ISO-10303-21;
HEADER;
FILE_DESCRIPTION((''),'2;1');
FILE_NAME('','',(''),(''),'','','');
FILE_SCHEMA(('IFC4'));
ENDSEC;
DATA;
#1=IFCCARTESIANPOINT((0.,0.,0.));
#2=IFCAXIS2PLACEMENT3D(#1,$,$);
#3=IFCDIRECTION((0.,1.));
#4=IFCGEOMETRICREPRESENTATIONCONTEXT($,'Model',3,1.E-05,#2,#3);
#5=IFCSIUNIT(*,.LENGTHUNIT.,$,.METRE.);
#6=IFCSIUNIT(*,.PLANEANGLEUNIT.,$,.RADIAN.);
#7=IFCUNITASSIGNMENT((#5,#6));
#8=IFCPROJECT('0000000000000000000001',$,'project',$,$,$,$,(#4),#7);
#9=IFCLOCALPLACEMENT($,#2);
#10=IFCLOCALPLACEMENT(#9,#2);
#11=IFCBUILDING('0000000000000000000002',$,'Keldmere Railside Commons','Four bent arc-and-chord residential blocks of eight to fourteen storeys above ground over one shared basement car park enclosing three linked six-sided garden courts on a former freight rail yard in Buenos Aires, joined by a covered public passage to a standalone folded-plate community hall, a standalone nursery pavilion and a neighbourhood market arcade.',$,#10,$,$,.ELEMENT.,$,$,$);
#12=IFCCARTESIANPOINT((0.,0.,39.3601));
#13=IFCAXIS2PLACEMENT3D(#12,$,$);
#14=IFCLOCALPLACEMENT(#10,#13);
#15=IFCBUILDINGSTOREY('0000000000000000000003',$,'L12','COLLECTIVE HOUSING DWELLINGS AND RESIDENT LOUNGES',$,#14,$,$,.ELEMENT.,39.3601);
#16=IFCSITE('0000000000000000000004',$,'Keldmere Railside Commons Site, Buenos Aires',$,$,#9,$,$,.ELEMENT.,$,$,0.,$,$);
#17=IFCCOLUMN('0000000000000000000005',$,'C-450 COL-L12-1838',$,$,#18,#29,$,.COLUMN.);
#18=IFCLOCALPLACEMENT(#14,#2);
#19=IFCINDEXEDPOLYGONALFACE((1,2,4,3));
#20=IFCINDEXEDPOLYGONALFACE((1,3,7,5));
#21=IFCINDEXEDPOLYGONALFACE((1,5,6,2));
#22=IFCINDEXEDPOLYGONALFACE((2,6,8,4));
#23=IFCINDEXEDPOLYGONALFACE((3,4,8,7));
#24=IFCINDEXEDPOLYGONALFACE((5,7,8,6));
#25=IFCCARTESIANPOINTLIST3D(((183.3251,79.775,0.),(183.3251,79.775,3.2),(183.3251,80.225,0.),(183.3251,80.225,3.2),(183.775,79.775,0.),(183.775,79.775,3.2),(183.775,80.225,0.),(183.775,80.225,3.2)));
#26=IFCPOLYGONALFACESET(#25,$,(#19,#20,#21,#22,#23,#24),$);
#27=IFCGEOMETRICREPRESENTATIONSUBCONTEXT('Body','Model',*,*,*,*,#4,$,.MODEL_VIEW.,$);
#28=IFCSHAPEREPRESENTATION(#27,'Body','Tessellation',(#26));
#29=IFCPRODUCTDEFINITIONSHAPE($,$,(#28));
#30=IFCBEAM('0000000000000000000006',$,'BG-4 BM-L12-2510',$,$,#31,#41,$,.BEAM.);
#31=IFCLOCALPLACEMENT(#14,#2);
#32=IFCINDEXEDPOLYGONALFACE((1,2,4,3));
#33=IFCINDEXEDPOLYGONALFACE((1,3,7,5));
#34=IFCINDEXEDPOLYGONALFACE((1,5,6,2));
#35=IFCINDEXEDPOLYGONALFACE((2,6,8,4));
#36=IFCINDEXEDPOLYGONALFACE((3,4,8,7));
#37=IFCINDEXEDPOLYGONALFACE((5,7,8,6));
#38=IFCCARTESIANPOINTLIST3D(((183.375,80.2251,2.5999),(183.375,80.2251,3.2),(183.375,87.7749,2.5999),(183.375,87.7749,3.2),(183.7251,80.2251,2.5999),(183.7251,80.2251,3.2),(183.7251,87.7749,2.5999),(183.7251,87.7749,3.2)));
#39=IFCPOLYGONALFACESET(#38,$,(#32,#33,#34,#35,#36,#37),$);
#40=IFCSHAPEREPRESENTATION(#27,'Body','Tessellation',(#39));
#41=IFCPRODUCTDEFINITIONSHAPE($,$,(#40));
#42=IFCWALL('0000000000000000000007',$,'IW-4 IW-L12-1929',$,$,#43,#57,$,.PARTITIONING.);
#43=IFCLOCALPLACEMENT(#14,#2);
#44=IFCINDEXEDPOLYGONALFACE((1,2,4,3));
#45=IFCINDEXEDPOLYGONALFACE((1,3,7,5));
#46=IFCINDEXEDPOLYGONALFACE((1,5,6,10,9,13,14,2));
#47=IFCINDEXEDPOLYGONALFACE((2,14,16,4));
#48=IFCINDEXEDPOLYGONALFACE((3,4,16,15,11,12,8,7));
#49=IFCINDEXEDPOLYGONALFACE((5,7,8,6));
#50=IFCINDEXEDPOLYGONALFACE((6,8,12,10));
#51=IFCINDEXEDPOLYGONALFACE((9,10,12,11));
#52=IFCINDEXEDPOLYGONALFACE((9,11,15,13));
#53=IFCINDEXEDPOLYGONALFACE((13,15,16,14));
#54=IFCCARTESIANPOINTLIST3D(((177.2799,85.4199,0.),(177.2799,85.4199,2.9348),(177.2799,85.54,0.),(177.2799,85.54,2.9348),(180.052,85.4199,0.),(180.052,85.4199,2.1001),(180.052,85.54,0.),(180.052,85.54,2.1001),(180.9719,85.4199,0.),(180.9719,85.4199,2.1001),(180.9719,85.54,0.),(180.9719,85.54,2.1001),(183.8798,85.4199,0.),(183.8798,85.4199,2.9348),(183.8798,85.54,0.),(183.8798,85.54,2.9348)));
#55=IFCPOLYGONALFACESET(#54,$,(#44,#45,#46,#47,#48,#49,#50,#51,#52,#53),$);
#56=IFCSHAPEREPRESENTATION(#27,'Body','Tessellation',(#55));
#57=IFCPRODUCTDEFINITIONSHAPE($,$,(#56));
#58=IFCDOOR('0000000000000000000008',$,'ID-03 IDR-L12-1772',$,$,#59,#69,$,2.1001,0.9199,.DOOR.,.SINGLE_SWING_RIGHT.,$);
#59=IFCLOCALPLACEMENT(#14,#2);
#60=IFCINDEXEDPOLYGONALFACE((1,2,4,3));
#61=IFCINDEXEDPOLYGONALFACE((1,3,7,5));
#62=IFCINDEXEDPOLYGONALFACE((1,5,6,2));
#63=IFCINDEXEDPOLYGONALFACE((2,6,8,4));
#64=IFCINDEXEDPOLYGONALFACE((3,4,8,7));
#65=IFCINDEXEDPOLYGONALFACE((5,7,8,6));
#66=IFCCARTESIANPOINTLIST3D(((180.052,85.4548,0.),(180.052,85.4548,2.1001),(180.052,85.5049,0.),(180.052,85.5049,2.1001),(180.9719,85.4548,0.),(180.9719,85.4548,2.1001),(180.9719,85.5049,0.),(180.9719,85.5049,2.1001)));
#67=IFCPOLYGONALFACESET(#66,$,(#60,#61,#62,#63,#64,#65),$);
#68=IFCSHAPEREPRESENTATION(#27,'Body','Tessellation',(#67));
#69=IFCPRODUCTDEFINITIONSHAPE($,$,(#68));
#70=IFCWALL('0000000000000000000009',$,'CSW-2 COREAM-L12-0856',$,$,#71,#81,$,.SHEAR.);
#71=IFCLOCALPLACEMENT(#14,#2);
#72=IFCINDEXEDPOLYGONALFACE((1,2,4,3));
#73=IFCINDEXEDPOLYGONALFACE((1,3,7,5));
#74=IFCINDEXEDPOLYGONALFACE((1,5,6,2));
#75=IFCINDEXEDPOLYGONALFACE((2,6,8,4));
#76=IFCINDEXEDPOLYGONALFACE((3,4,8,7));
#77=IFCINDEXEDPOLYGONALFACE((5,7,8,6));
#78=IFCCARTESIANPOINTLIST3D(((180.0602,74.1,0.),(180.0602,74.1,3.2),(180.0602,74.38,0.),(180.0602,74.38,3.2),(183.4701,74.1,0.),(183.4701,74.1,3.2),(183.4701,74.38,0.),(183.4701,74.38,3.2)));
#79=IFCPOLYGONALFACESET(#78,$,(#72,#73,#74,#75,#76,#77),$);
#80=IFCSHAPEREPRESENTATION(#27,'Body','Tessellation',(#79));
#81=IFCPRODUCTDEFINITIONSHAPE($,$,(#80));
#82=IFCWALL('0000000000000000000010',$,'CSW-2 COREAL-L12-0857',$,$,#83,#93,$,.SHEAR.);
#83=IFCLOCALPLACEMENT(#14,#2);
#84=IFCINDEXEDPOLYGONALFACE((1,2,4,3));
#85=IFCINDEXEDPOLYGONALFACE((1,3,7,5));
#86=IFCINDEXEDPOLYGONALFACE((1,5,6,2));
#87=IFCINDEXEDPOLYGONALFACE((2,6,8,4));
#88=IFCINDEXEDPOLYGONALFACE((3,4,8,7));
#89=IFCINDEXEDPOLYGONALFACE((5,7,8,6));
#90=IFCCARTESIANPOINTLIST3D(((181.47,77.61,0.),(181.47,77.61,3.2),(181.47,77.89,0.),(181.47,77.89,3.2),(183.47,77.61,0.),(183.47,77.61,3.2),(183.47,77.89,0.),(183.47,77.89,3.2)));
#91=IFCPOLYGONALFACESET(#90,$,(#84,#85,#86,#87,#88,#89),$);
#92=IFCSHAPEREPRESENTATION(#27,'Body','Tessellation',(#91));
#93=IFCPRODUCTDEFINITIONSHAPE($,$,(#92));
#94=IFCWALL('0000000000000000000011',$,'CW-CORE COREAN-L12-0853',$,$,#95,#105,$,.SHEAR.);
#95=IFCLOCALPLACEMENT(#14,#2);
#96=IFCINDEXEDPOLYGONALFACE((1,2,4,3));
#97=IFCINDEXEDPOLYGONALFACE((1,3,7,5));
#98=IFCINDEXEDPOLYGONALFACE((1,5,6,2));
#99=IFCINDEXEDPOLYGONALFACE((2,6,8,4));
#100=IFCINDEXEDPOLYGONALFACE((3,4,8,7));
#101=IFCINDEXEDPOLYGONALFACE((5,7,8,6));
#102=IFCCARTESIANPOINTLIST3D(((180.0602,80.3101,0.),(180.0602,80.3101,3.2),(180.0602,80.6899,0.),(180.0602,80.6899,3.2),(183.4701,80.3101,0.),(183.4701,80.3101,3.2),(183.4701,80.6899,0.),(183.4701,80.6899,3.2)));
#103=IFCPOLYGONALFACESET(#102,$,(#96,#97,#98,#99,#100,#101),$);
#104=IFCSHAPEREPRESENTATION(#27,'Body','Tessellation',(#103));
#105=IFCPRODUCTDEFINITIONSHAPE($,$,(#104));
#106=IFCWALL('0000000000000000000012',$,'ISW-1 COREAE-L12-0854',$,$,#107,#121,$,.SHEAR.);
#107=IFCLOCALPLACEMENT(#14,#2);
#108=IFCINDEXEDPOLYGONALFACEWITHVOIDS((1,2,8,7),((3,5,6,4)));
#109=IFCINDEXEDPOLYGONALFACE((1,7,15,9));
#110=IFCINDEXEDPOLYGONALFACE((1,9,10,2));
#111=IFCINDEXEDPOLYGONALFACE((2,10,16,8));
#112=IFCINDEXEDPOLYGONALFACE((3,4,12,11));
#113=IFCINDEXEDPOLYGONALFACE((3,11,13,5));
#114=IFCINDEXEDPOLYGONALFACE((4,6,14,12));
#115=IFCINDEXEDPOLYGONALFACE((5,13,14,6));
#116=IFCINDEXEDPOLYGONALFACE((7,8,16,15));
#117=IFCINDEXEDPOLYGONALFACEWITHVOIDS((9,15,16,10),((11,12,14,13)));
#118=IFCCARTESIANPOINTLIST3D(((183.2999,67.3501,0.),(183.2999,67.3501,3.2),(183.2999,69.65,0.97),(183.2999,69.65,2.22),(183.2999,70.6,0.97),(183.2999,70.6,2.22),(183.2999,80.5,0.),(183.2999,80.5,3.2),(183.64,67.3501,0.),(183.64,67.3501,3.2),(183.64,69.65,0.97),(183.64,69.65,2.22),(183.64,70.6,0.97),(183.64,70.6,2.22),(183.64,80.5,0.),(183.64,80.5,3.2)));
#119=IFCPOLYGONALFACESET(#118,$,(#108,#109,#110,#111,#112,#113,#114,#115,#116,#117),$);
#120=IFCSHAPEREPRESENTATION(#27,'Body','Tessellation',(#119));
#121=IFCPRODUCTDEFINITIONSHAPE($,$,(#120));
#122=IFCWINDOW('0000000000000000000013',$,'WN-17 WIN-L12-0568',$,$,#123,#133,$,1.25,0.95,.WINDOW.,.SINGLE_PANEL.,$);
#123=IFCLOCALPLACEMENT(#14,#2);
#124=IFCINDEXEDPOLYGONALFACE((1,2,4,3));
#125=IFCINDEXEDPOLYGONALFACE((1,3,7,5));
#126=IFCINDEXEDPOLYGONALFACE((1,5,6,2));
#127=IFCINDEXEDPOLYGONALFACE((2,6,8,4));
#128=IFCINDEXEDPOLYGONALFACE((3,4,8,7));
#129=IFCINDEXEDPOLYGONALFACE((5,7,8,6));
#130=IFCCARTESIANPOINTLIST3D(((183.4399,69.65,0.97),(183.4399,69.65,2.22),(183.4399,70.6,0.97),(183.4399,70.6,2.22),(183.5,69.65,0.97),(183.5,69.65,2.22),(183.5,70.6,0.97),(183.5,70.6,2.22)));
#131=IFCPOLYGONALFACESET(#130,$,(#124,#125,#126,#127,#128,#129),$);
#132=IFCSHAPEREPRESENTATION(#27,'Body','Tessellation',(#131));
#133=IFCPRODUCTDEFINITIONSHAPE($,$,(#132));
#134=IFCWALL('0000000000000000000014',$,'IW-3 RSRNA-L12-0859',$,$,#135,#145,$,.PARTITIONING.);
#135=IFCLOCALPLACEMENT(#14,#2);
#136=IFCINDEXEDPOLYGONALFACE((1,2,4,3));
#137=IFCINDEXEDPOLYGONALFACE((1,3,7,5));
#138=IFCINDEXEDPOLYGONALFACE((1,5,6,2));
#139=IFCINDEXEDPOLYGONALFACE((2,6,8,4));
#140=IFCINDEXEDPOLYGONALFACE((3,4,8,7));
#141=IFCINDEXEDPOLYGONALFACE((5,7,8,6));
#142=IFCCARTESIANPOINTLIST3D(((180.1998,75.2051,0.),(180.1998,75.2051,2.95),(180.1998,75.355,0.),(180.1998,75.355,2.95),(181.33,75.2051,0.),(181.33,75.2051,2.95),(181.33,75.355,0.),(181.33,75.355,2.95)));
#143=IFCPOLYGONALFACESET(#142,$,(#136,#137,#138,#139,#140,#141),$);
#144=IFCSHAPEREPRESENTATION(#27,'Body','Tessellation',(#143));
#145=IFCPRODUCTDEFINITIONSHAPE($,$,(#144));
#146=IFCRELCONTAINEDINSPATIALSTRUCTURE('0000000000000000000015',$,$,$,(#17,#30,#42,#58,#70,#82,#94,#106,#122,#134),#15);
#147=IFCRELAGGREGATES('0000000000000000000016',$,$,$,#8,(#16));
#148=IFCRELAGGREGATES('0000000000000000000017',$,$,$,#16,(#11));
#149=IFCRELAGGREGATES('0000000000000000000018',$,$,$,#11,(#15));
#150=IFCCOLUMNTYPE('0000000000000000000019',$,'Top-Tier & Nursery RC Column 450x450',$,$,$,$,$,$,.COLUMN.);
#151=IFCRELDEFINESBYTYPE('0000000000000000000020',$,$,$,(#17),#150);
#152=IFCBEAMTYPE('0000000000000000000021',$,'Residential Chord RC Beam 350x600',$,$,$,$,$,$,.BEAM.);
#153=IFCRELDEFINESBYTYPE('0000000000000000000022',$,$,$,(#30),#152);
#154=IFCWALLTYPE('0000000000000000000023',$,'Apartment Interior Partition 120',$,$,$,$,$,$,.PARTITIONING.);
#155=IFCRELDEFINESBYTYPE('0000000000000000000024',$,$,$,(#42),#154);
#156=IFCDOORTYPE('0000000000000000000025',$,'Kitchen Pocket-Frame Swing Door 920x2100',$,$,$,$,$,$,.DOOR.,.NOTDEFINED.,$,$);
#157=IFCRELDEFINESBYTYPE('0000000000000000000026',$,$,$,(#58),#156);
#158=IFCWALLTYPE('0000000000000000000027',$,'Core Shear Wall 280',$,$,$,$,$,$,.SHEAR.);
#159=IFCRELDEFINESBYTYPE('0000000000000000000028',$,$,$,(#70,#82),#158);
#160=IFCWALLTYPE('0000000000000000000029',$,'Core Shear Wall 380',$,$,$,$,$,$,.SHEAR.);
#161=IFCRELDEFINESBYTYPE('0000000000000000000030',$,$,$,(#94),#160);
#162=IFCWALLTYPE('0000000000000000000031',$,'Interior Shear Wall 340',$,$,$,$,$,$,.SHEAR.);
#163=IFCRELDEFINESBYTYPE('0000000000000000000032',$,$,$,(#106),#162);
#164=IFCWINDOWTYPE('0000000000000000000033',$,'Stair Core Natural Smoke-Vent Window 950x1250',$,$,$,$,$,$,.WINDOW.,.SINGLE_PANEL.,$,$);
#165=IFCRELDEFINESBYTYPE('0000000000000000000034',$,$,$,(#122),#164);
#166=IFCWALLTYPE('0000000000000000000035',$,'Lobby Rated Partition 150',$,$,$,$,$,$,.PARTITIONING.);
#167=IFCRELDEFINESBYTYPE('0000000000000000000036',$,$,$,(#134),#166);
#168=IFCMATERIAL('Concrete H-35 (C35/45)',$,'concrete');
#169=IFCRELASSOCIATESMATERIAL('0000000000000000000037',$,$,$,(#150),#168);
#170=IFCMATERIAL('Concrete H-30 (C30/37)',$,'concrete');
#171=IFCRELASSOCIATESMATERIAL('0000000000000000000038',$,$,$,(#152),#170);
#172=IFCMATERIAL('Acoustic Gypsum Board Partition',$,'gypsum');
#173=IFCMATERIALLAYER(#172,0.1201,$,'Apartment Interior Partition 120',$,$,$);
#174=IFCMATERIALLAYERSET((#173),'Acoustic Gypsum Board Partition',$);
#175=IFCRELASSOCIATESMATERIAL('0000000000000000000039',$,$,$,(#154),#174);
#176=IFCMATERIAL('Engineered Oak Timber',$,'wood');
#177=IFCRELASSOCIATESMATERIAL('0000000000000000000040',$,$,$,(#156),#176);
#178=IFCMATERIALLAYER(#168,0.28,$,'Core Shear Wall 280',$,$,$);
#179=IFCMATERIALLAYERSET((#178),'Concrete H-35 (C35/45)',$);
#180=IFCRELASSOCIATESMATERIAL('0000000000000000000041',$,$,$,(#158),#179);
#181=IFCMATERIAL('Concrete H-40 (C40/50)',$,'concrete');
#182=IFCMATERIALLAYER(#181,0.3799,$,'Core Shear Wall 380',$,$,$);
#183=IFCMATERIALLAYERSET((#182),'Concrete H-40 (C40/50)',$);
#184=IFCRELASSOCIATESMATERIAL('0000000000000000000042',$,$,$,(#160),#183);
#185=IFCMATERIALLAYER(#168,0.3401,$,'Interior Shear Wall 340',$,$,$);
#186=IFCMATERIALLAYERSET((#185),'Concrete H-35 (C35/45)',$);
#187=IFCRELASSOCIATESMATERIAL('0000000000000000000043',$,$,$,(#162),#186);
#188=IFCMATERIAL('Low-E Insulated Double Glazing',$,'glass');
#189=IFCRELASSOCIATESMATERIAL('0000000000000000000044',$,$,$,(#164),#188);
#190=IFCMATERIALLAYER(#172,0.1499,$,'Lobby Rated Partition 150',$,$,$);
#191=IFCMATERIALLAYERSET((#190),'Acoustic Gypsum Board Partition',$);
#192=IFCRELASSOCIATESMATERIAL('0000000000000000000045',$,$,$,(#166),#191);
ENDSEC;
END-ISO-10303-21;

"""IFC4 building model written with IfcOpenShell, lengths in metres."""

from ifc_helpers import new_model, si_unit, direction, frame, frame_2d, origin, origin_2d, place, context, subcontext, project, spatial, rectangle, extrude, material, layer, layer_set, material_profile, profile_set, type_object, element, fill, save


model = new_model("IFC4")

# Units and contexts
model_context = context("Model", 3, precision=1e-05, world=origin(), true_north=direction((0.0, 1.0)))
body_context = subcontext(model_context, "Body", "Model", "MODEL_VIEW")
ifc_project = project(units=[si_unit("LENGTHUNIT", "METRE"), si_unit("PLANEANGLEUNIT", "RADIAN")], contexts=[model_context])

# Site, building, storey
site_placement = place(None, origin())
site = spatial("IfcSite", under=ifc_project, at=site_placement, Name="Keldmere Railside Commons Site, Buenos Aires", CompositionType="ELEMENT", RefElevation=0.0)
building_placement = place(site_placement, origin())
building = spatial("IfcBuilding", under=site, at=building_placement, Name="Keldmere Railside Commons", Description="Four bent arc-and-chord residential blocks of eight to fourteen storeys above ground over one shared basement car park enclosing three linked six-sided garden courts on a former freight rail yard in Buenos Aires, joined by a covered public passage to a standalone folded-plate community hall, a standalone nursery pavilion and a neighbourhood market arcade.", CompositionType="ELEMENT")
storey_placement = place(building_placement, frame((0.0, 0.0, 39.3601)))
storey = spatial("IfcBuildingStorey", under=building, at=storey_placement, Name="L12", Description="COLLECTIVE HOUSING DWELLINGS AND RESIDENT LOUNGES", CompositionType="ELEMENT", Elevation=39.3601)

# Column
ifc_material_1 = material(Name="Concrete H-35 (C35/45)", Category="concrete")
ifc_material_profile_1 = material_profile(ifc_material_1, rectangle(XDim=0.45, YDim=0.45, at=origin_2d()), Name="RC-450x450")
ifc_profile_set_1 = profile_set([ifc_material_profile_1], Name="Concrete H-35 (C35/45)")
column_type = type_object("IfcColumnType", Name="Top-Tier & Nursery RC Column 450x450", PredefinedType="COLUMN", material=ifc_profile_set_1)
column_placement = place(storey_placement, frame((183.55, 80.0, 0.0), z_axis=(0.0, 0.0, 1.0), x_axis=(1.0, 0.0, 0.0)))
element("IfcColumn", 1, at=column_placement, inside=storey, type_object=column_type, Name="C-450 COL-L12-1838", PredefinedType="COLUMN", context=body_context, shape_type="SweptSolid", body=[
    extrude(rectangle(XDim=0.45, YDim=0.45, at=origin_2d()), origin(), (0.0, 0.0, 1.0), 3.2),
])

# Beam
ifc_material_2 = material(Name="Concrete H-30 (C30/37)", Category="concrete")
ifc_material_profile_2 = material_profile(ifc_material_2, rectangle(XDim=0.3501, YDim=0.6001, at=origin_2d()), Name="RC-350x600")
ifc_profile_set_2 = profile_set([ifc_material_profile_2], Name="Concrete H-30 (C30/37)")
beam_type = type_object("IfcBeamType", Name="Residential Chord RC Beam 350x600", PredefinedType="BEAM", material=ifc_profile_set_2)
beam_placement = place(storey_placement, frame((183.55, 80.2251, 2.8999), z_axis=(0.0, 1.0, 0.0), x_axis=(-1.0, 0.0, 0.0)))
element("IfcBeam", 2, at=beam_placement, inside=storey, type_object=beam_type, Name="BG-4 BM-L12-2510", PredefinedType="BEAM", context=body_context, shape_type="SweptSolid", body=[
    extrude(rectangle(XDim=0.3501, YDim=0.6001, at=origin_2d()), origin(), (0.0, 0.0, 1.0), 7.5498),
])

# Wall, opening, door
ifc_material_3 = material(Name="Acoustic Gypsum Board Partition", Category="gypsum")
ifc_layer_1 = layer(ifc_material_3, 0.1201, Name="Apartment Interior Partition 120")
ifc_layer_set_1 = layer_set([ifc_layer_1], Name="Acoustic Gypsum Board Partition")
wall_type_1 = type_object("IfcWallType", Name="Apartment Interior Partition 120", PredefinedType="PARTITIONING", material=ifc_layer_set_1)
wall_1_placement = place(storey_placement, frame((177.28, 85.48, 0.0), z_axis=(0.0, 0.0, 1.0), x_axis=(1.0, 0.0, 0.0)))
wall_1 = element("IfcWall", 3, at=wall_1_placement, inside=storey, type_object=wall_type_1, Name="IW-4 IW-L12-1929", PredefinedType="PARTITIONING", context=body_context, shape_type="SweptSolid", body=[
    extrude(rectangle(XDim=6.5999, YDim=0.1201, at=frame_2d((3.2998, 0.0))), origin(), (0.0, 0.0, 1.0), 2.9348),
])
opening_1_placement = place(wall_1_placement, frame((2.772, 0.0, 0.0)))
opening_1 = element("IfcOpeningElement", 4, at=opening_1_placement, cuts=wall_1, PredefinedType="OPENING", context=body_context, shape_type="SweptSolid", body=[
    extrude(rectangle(XDim=0.9199, YDim=2.1001, at=frame_2d((0.46, 1.05))), frame((0.0, 0.0701, 0.0), z_axis=(0.0, -1.0, 0.0), x_axis=(1.0, 0.0, 0.0)), (0.0, 0.0, 1.0), 0.1401),
])
ifc_material_4 = material(Name="Engineered Oak Timber", Category="wood")
door_type_1 = type_object("IfcDoorType", Name="Kitchen Pocket-Frame Swing Door 920x2100", OperationType="NOTDEFINED", PredefinedType="DOOR", material=ifc_material_4)
door_1_placement = place(opening_1_placement, origin())
door_1 = element("IfcDoor", 5, at=door_1_placement, inside=storey, type_object=door_type_1, Name="ID-03 IDR-L12-1772", OperationType="SINGLE_SWING_RIGHT", OverallHeight=2.1001, OverallWidth=0.9199, PredefinedType="DOOR", context=body_context, shape_type="SweptSolid", body=[
    extrude(rectangle(XDim=0.9199, YDim=2.1001, at=frame_2d((0.46, 1.05))), frame((0.0, 0.0249, 0.0), z_axis=(0.0, -1.0, 0.0), x_axis=(1.0, 0.0, 0.0)), (0.0, 0.0, 1.0), 0.05),
])
fill(opening_1, door_1)

# Walls
ifc_layer_2 = layer(ifc_material_1, 0.28, Name="Core Shear Wall 280")
ifc_layer_set_2 = layer_set([ifc_layer_2], Name="Concrete H-35 (C35/45)")
wall_type_2 = type_object("IfcWallType", Name="Core Shear Wall 280", PredefinedType="SHEAR", material=ifc_layer_set_2)
wall_2_placement = place(storey_placement, frame((180.0601, 74.24, 0.0), z_axis=(0.0, 0.0, 1.0), x_axis=(1.0, 0.0, 0.0)))
element("IfcWall", 6, at=wall_2_placement, inside=storey, type_object=wall_type_2, Name="CSW-2 COREAM-L12-0856", PredefinedType="SHEAR", context=body_context, shape_type="SweptSolid", body=[
    extrude(rectangle(XDim=3.4099, YDim=0.28, at=frame_2d((1.7051, 0.0))), origin(), (0.0, 0.0, 1.0), 3.2),
])
wall_3_placement = place(storey_placement, frame((181.47, 77.75, 0.0), z_axis=(0.0, 0.0, 1.0), x_axis=(1.0, 0.0, 0.0)))
element("IfcWall", 7, at=wall_3_placement, inside=storey, type_object=wall_type_2, Name="CSW-2 COREAL-L12-0857", PredefinedType="SHEAR", context=body_context, shape_type="SweptSolid", body=[
    extrude(rectangle(XDim=2.0, YDim=0.28, at=frame_2d((1.0, 0.0))), origin(), (0.0, 0.0, 1.0), 3.2),
])

# Wall
ifc_material_5 = material(Name="Concrete H-40 (C40/50)", Category="concrete")
ifc_layer_3 = layer(ifc_material_5, 0.3799, Name="Core Shear Wall 380")
ifc_layer_set_3 = layer_set([ifc_layer_3], Name="Concrete H-40 (C40/50)")
wall_type_3 = type_object("IfcWallType", Name="Core Shear Wall 380", PredefinedType="SHEAR", material=ifc_layer_set_3)
wall_4_placement = place(storey_placement, frame((180.0601, 80.5, 0.0), z_axis=(0.0, 0.0, 1.0), x_axis=(1.0, 0.0, 0.0)))
element("IfcWall", 8, at=wall_4_placement, inside=storey, type_object=wall_type_3, Name="CW-CORE COREAN-L12-0853", PredefinedType="SHEAR", context=body_context, shape_type="SweptSolid", body=[
    extrude(rectangle(XDim=3.4099, YDim=0.3799, at=frame_2d((1.7051, 0.0))), origin(), (0.0, 0.0, 1.0), 3.2),
])

# Wall, opening, window
ifc_layer_4 = layer(ifc_material_1, 0.3401, Name="Interior Shear Wall 340")
ifc_layer_set_4 = layer_set([ifc_layer_4], Name="Concrete H-35 (C35/45)")
wall_type_4 = type_object("IfcWallType", Name="Interior Shear Wall 340", PredefinedType="SHEAR", material=ifc_layer_set_4)
wall_5_placement = place(storey_placement, frame((183.47, 80.5, 0.0), z_axis=(0.0, 0.0, 1.0), x_axis=(0.0, -1.0, 0.0)))
wall_5 = element("IfcWall", 9, at=wall_5_placement, inside=storey, type_object=wall_type_4, Name="ISW-1 COREAE-L12-0854", PredefinedType="SHEAR", context=body_context, shape_type="SweptSolid", body=[
    extrude(rectangle(XDim=13.1499, YDim=0.3401, at=frame_2d((6.575, 0.0))), origin(), (0.0, 0.0, 1.0), 3.2),
])
opening_2_placement = place(wall_5_placement, frame((9.8999, 0.0, 0.97)))
opening_2 = element("IfcOpeningElement", 10, at=opening_2_placement, cuts=wall_5, PredefinedType="OPENING", context=body_context, shape_type="SweptSolid", body=[
    extrude(rectangle(XDim=0.95, YDim=1.25, at=frame_2d((0.4751, 0.625))), frame((0.0, 0.1799, 0.0), z_axis=(0.0, -1.0, 0.0), x_axis=(1.0, 0.0, 0.0)), (0.0, 0.0, 1.0), 0.3601),
])
ifc_material_6 = material(Name="Low-E Insulated Double Glazing", Category="glass")
window_type = type_object("IfcWindowType", Name="Stair Core Natural Smoke-Vent Window 950x1250", PartitioningType="SINGLE_PANEL", PredefinedType="WINDOW", material=ifc_material_6)
window_placement = place(opening_2_placement, origin())
window = element("IfcWindow", 11, at=window_placement, inside=storey, type_object=window_type, Name="WN-17 WIN-L12-0568", OverallHeight=1.25, OverallWidth=0.95, PartitioningType="SINGLE_PANEL", PredefinedType="WINDOW", context=body_context, shape_type="SweptSolid", body=[
    extrude(rectangle(XDim=0.95, YDim=1.25, at=frame_2d((0.4751, 0.625))), frame((0.0, 0.03, 0.0), z_axis=(0.0, -1.0, 0.0), x_axis=(1.0, 0.0, 0.0)), (0.0, 0.0, 1.0), 0.0601),
])
fill(opening_2, window)

# Wall
ifc_layer_5 = layer(ifc_material_3, 0.1499, Name="Lobby Rated Partition 150")
ifc_layer_set_5 = layer_set([ifc_layer_5], Name="Acoustic Gypsum Board Partition")
wall_type_5 = type_object("IfcWallType", Name="Lobby Rated Partition 150", PredefinedType="PARTITIONING", material=ifc_layer_set_5)
wall_6_placement = place(storey_placement, frame((180.2, 75.28, 0.0), z_axis=(0.0, 0.0, 1.0), x_axis=(1.0, 0.0, 0.0)))
element("IfcWall", 12, at=wall_6_placement, inside=storey, type_object=wall_type_5, Name="IW-3 RSRNA-L12-0859", PredefinedType="PARTITIONING", context=body_context, shape_type="SweptSolid", body=[
    extrude(rectangle(XDim=1.1301, YDim=0.1499, at=frame_2d((0.5649, 0.0))), origin(), (0.0, 0.0, 1.0), 2.95),
])

save(model, "model.ifc")
